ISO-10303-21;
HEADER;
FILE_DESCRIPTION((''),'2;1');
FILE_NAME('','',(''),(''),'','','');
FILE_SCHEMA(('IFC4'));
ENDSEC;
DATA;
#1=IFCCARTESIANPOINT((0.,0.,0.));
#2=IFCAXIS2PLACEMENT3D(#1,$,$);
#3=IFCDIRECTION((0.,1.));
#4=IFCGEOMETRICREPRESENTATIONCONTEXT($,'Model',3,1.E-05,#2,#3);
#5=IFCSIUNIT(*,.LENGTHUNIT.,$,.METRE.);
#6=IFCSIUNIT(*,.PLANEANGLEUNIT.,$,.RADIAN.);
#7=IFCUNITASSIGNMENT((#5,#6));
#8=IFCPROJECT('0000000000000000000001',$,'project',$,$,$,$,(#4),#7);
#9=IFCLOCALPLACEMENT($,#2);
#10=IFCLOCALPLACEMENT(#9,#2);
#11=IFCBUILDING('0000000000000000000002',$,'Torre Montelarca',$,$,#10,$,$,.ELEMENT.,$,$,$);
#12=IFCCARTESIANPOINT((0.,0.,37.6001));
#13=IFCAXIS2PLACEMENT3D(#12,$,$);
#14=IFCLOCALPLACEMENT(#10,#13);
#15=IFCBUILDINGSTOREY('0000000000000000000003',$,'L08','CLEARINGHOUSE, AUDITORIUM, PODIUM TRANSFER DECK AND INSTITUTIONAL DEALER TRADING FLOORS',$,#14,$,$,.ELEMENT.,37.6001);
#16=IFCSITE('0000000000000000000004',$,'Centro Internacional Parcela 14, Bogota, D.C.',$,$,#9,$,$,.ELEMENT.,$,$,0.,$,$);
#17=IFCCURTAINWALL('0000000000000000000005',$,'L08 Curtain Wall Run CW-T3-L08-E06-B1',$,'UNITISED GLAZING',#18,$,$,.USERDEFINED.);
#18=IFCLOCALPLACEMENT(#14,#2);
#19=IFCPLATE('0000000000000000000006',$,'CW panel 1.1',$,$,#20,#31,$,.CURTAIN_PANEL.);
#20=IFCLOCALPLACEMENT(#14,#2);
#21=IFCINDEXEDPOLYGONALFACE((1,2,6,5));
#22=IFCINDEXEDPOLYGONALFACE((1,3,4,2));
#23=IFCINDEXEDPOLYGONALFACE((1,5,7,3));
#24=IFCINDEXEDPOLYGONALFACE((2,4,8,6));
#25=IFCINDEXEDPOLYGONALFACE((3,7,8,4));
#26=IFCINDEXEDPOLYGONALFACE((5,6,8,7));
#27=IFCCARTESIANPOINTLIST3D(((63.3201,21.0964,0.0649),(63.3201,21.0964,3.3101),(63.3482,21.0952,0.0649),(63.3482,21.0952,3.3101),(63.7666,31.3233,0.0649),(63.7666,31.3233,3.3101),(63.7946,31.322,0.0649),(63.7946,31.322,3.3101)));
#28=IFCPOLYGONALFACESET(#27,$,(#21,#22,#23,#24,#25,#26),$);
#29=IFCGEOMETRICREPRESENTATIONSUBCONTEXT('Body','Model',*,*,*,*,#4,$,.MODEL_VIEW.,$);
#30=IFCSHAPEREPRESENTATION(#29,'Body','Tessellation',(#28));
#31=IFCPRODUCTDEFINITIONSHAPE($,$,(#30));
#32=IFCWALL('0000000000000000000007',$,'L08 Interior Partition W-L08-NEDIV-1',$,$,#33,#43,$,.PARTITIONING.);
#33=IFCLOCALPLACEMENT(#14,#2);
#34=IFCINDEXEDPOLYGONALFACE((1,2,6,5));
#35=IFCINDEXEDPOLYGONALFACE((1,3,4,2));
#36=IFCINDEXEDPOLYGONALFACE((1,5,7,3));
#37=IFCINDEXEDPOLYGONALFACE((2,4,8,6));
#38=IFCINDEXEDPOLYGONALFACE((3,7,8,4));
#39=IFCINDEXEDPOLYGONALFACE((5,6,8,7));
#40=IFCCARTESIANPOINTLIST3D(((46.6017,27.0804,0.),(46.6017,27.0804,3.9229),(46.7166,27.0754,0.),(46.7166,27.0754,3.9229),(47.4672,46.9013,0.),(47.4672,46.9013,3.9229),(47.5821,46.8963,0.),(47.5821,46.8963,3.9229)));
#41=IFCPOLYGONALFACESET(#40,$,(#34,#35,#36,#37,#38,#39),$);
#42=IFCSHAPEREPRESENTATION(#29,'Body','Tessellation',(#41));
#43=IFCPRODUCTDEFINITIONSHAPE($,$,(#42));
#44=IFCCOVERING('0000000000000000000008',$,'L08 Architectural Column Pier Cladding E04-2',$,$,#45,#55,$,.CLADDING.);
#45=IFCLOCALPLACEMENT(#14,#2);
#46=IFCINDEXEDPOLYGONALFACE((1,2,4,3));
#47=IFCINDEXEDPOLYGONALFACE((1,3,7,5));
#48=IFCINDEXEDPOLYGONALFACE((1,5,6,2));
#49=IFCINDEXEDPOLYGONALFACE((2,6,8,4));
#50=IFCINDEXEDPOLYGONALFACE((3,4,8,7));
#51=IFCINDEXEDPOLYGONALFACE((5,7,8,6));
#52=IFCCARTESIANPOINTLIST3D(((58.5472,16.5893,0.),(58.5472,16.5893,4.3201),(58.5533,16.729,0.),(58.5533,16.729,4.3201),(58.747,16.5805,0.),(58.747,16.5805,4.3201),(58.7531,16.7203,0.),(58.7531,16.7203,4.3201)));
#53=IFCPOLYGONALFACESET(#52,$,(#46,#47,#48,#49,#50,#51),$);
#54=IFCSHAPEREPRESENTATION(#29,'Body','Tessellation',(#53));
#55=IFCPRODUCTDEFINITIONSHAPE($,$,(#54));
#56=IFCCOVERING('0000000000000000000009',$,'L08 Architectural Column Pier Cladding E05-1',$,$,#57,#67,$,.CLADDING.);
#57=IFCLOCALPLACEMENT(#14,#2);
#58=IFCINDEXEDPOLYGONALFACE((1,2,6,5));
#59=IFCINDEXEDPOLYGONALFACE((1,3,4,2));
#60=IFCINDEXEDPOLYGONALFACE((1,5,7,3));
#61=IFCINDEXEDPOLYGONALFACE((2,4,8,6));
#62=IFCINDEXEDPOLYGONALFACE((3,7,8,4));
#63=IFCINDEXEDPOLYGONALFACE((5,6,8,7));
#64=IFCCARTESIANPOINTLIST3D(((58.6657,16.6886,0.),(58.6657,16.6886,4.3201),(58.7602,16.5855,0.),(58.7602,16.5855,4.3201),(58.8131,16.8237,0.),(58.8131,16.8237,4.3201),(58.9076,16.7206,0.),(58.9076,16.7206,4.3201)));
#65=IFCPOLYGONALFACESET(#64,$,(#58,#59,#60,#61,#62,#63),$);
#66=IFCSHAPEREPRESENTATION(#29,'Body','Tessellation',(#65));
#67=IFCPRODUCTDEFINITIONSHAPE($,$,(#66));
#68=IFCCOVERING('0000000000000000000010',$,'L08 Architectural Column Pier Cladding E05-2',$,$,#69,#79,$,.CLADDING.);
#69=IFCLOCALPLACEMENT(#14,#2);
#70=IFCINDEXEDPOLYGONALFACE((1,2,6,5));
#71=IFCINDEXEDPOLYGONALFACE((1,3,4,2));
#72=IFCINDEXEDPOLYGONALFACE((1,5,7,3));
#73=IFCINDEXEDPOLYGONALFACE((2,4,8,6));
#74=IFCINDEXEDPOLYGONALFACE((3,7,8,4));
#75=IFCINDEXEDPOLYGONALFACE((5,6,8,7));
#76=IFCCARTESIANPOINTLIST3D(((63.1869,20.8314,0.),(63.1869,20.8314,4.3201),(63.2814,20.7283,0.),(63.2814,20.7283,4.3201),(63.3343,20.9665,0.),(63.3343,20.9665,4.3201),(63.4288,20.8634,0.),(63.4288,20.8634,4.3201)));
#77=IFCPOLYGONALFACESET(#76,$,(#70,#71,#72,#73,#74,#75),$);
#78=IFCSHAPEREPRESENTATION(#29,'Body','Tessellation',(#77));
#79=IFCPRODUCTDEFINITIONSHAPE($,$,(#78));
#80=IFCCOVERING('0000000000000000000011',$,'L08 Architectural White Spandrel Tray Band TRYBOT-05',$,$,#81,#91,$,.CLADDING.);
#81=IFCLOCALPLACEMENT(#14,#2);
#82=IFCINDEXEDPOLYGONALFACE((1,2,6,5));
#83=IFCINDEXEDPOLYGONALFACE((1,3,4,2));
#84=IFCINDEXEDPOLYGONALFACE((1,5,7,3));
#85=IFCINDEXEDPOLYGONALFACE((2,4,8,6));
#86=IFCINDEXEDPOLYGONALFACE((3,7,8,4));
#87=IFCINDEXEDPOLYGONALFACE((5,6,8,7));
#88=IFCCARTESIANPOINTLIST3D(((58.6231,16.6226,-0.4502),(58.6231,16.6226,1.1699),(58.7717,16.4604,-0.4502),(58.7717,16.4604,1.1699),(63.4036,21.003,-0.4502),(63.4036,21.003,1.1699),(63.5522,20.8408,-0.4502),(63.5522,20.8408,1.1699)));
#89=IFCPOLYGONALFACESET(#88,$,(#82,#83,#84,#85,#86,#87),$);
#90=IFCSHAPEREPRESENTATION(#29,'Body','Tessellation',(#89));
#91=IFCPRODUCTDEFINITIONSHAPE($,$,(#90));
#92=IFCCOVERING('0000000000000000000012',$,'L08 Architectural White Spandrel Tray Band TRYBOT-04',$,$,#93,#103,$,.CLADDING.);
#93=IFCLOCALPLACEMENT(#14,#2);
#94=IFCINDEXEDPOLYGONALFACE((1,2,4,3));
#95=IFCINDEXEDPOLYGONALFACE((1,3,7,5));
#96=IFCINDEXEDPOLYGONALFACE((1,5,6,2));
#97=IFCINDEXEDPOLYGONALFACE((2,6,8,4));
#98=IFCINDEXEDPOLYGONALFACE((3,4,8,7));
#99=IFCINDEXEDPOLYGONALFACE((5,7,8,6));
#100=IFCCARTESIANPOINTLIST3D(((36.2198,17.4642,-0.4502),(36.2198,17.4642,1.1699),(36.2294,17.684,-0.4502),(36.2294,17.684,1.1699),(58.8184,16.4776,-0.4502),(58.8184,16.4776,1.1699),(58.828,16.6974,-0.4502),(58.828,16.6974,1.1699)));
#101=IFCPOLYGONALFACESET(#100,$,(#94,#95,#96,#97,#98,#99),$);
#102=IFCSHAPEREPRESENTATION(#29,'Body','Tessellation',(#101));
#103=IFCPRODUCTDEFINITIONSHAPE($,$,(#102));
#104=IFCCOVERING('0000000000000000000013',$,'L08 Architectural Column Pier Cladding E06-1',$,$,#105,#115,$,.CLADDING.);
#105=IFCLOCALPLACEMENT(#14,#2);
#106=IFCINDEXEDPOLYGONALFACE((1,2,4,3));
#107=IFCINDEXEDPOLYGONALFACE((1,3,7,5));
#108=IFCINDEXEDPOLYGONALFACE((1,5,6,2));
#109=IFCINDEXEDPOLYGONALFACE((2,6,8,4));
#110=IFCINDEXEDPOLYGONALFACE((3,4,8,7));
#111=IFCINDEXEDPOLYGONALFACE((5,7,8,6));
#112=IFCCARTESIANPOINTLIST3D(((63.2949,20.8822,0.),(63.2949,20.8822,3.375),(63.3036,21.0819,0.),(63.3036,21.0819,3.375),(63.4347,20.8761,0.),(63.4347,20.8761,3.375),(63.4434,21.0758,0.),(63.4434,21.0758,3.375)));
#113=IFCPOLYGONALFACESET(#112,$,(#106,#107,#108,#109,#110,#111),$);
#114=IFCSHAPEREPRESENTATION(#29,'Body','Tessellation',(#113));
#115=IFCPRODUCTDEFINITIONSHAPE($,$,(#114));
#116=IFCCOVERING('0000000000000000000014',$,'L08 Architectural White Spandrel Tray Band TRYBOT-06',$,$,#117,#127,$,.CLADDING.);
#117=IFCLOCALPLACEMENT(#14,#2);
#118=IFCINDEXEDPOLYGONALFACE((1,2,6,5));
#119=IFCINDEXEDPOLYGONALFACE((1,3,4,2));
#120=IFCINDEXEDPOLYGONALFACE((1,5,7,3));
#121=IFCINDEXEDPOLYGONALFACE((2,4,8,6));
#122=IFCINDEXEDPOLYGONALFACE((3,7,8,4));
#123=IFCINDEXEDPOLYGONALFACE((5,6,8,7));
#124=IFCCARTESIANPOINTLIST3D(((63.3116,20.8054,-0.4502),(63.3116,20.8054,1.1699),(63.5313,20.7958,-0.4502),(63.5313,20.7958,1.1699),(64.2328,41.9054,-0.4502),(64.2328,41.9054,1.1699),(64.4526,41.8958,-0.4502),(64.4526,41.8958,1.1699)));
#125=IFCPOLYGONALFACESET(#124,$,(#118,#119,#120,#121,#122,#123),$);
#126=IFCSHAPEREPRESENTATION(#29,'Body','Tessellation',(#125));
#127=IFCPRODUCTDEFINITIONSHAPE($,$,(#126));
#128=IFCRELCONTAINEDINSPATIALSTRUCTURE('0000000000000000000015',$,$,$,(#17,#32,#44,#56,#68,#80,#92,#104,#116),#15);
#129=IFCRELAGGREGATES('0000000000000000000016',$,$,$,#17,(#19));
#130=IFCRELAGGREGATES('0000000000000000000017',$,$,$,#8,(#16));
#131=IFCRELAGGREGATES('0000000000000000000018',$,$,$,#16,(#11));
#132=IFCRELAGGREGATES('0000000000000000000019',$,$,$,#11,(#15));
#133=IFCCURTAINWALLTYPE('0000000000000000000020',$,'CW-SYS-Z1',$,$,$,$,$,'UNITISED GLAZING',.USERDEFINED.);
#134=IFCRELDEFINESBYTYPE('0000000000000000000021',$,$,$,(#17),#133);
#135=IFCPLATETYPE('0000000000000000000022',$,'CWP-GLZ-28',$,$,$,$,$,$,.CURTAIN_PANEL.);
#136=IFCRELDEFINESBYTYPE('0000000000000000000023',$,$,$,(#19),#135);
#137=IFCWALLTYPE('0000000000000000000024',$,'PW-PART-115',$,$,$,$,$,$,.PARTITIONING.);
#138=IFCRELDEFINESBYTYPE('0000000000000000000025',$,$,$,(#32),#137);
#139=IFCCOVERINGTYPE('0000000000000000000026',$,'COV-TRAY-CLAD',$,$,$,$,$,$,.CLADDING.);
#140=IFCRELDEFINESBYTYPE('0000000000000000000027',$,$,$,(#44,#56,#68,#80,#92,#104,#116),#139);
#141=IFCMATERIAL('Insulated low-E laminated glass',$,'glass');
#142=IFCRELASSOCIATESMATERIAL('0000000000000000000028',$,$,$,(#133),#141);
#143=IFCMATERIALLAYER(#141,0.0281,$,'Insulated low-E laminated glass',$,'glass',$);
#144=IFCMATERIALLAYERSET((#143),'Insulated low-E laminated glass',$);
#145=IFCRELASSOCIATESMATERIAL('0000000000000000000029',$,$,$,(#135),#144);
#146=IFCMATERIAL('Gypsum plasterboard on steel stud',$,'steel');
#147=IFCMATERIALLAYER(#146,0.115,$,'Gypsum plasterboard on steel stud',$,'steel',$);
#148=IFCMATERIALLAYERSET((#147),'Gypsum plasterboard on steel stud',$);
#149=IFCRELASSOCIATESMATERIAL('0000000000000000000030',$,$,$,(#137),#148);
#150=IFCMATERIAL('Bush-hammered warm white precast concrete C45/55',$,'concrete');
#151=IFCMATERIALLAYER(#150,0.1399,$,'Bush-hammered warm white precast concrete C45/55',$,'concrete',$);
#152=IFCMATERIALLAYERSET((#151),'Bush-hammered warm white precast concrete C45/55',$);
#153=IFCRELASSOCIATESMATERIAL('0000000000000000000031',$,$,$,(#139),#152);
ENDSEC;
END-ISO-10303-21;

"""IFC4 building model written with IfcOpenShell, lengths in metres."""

from ifc_helpers import new_model, si_unit, direction, frame, frame_2d, origin, origin_2d, place, context, subcontext, project, spatial, rectangle, extrude, source, transform, mapped, material, layer, layer_set, type_object, element, aggregate, save


model = new_model("IFC4")

# Units and contexts
model_context = context("Model", 3, precision=1e-05, world=origin(), true_north=direction((0.0, 1.0)))
body_context = subcontext(model_context, "Body", "Model", "MODEL_VIEW")
ifc_project = project(units=[si_unit("LENGTHUNIT", "METRE"), si_unit("PLANEANGLEUNIT", "RADIAN")], contexts=[model_context])

# Site, building, storey
site_placement = place(None, origin())
site = spatial("IfcSite", under=ifc_project, at=site_placement, Name="Centro Internacional Parcela 14, Bogota, D.C.", CompositionType="ELEMENT", RefElevation=0.0)
building_placement = place(site_placement, origin())
building = spatial("IfcBuilding", under=site, at=building_placement, Name="Torre Montelarca", CompositionType="ELEMENT")
storey_placement = place(building_placement, frame((0.0, 0.0, 37.6001)))
storey = spatial("IfcBuildingStorey", under=building, at=storey_placement, Name="L08", Description="CLEARINGHOUSE, AUDITORIUM, PODIUM TRANSFER DECK AND INSTITUTIONAL DEALER TRADING FLOORS", CompositionType="ELEMENT", Elevation=37.6001)

# Shared definitions
ifc_material_1 = material(Name="Insulated low-E laminated glass", Category="glass")
curtain_wall_type = type_object("IfcCurtainWallType", Name="CW-SYS-Z1", ElementType="UNITISED GLAZING", PredefinedType="USERDEFINED", material=ifc_material_1)

# Curtain wall
curtain_wall_1_placement = place(storey_placement, origin())
curtain_wall_1 = element("IfcCurtainWall", 1, at=curtain_wall_1_placement, inside=storey, type_object=curtain_wall_type, Name="L08 Curtain Wall Run CW-T3-L08-E06-B1", ObjectType="UNITISED GLAZING", PredefinedType="USERDEFINED")

# Plate
ifc_layer_1 = layer(ifc_material_1, 0.0281, Name="Insulated low-E laminated glass", Category="glass")
ifc_layer_set_1 = layer_set([ifc_layer_1], Name="Insulated low-E laminated glass")
plate_type = type_object("IfcPlateType", Name="CWP-GLZ-28", PredefinedType="CURTAIN_PANEL", material=ifc_layer_set_1)
shared_shape_1 = source(origin(), body_context, "Body", "SweptSolid", [
    extrude(rectangle(XDim=10.2366, YDim=0.0281, at=origin_2d()), origin(), (0.0, 0.0, 1.0), 3.2451),
])
plate_1_placement = place(storey_placement, frame((63.5574, 26.2092, 0.0649), z_axis=(0.0, 0.0, 1.0), x_axis=(0.043618, 0.999048, 0.0)))
plate_1 = element("IfcPlate", 2, at=plate_1_placement, type_object=plate_type, Name="CW panel 1.1", PredefinedType="CURTAIN_PANEL", context=body_context, shape_type="MappedRepresentation", body=[
    mapped(shared_shape_1, transform((0.0, 0.0, 0.0), scale=1.0)),
])
aggregate(curtain_wall_1, [plate_1])

# Wall
ifc_material_2 = material(Name="Gypsum plasterboard on steel stud", Category="steel")
ifc_layer_2 = layer(ifc_material_2, 0.115, Name="Gypsum plasterboard on steel stud", Category="steel")
ifc_layer_set_2 = layer_set([ifc_layer_2], Name="Gypsum plasterboard on steel stud")
wall_type = type_object("IfcWallType", Name="PW-PART-115", PredefinedType="PARTITIONING", material=ifc_layer_set_2)
wall_placement = place(storey_placement, frame((46.6592, 27.0779, 0.0), z_axis=(0.0, 0.0, 1.0), x_axis=(0.043623, 0.999048, 0.0)))
element("IfcWall", 3, at=wall_placement, inside=storey, type_object=wall_type, Name="L08 Interior Partition W-L08-NEDIV-1", PredefinedType="PARTITIONING", context=body_context, shape_type="SweptSolid", body=[
    extrude(rectangle(XDim=19.8398, YDim=0.115, at=frame_2d((9.9199, 0.0))), origin(), (0.0, 0.0, 1.0), 3.9229),
])

# Coverings
ifc_material_3 = material(Name="Bush-hammered warm white precast concrete C45/55", Category="concrete")
ifc_layer_3 = layer(ifc_material_3, 0.1399, Name="Bush-hammered warm white precast concrete C45/55", Category="concrete")
ifc_layer_set_3 = layer_set([ifc_layer_3], Name="Bush-hammered warm white precast concrete C45/55")
covering_type = type_object("IfcCoveringType", Name="COV-TRAY-CLAD", PredefinedType="CLADDING", material=ifc_layer_set_3)
shared_shape_2 = source(origin(), body_context, "Body", "SweptSolid", [
    extrude(rectangle(XDim=0.2, YDim=0.1399, at=origin_2d()), origin(), (0.0, 0.0, 1.0), 4.3201),
])
for number, where, z_axis, x_axis, name in (
    (4, (58.6501, 16.6548, 0.0), (0.0, 0.0, 1.0), (0.999048, -0.043621, 0.0), "L08 Architectural Column Pier Cladding E04-2"),
    (5, (58.7866, 16.7046, 0.0), (0.0, 0.0, 1.0), (0.737281, 0.675586, 0.0), "L08 Architectural Column Pier Cladding E05-1"),
    (6, (63.3079, 20.8474, 0.0), (0.0, 0.0, 1.0), (0.737281, 0.675586, 0.0), "L08 Architectural Column Pier Cladding E05-2"),
):
    element("IfcCovering", number, at=place(storey_placement, frame(where, z_axis=z_axis, x_axis=x_axis)), inside=storey, type_object=covering_type, Name=name, PredefinedType="CLADDING", context=body_context, shape_type="MappedRepresentation", body=[
        mapped(shared_shape_2, transform((0.0, 0.0, 0.0), scale=1.0)),
    ])
shared_shape_3 = source(origin(), body_context, "Body", "SweptSolid", [
    extrude(rectangle(XDim=6.4839, YDim=0.22, at=origin_2d()), origin(), (0.0, 0.0, 1.0), 1.6201),
])
covering_1_placement = place(storey_placement, frame((61.0876, 18.7317, -0.4502), z_axis=(0.0, 0.0, 1.0), x_axis=(0.73728, 0.675588, 0.0)))
element("IfcCovering", 7, at=covering_1_placement, inside=storey, type_object=covering_type, Name="L08 Architectural White Spandrel Tray Band TRYBOT-05", PredefinedType="CLADDING", context=body_context, shape_type="MappedRepresentation", body=[
    mapped(shared_shape_3, transform((0.0, 0.0, 0.0), scale=1.0)),
])
shared_shape_4 = source(origin(), body_context, "Body", "SweptSolid", [
    extrude(rectangle(XDim=22.6201, YDim=0.22, at=origin_2d()), origin(), (0.0, 0.0, 1.0), 1.6201),
])
covering_2_placement = place(storey_placement, frame((47.5239, 17.0808, -0.4502), z_axis=(0.0, 0.0, 1.0), x_axis=(0.999048, -0.043618, 0.0)))
element("IfcCovering", 8, at=covering_2_placement, inside=storey, type_object=covering_type, Name="L08 Architectural White Spandrel Tray Band TRYBOT-04", PredefinedType="CLADDING", context=body_context, shape_type="MappedRepresentation", body=[
    mapped(shared_shape_4, transform((0.0, 0.0, 0.0), scale=1.0)),
])
shared_shape_5 = source(origin(), body_context, "Body", "SweptSolid", [
    extrude(rectangle(XDim=0.2, YDim=0.1399, at=origin_2d()), origin(), (0.0, 0.0, 1.0), 3.375),
])
covering_3_placement = place(storey_placement, frame((63.3691, 20.979, 0.0), z_axis=(0.0, 0.0, 1.0), x_axis=(0.043621, 0.999048, 0.0)))
element("IfcCovering", 9, at=covering_3_placement, inside=storey, type_object=covering_type, Name="L08 Architectural Column Pier Cladding E06-1", PredefinedType="CLADDING", context=body_context, shape_type="MappedRepresentation", body=[
    mapped(shared_shape_5, transform((0.0, 0.0, 0.0), scale=1.0)),
])
shared_shape_6 = source(origin(), body_context, "Body", "SweptSolid", [
    extrude(rectangle(XDim=21.1201, YDim=0.22, at=origin_2d()), origin(), (0.0, 0.0, 1.0), 1.6201),
])
covering_4_placement = place(storey_placement, frame((63.8821, 31.3506, -0.4502), z_axis=(0.0, 0.0, 1.0), x_axis=(0.043619, 0.999048, 0.0)))
element("IfcCovering", 10, at=covering_4_placement, inside=storey, type_object=covering_type, Name="L08 Architectural White Spandrel Tray Band TRYBOT-06", PredefinedType="CLADDING", context=body_context, shape_type="MappedRepresentation", body=[
    mapped(shared_shape_6, transform((0.0, 0.0, 0.0), scale=1.0)),
])

save(model, "model.ifc")
